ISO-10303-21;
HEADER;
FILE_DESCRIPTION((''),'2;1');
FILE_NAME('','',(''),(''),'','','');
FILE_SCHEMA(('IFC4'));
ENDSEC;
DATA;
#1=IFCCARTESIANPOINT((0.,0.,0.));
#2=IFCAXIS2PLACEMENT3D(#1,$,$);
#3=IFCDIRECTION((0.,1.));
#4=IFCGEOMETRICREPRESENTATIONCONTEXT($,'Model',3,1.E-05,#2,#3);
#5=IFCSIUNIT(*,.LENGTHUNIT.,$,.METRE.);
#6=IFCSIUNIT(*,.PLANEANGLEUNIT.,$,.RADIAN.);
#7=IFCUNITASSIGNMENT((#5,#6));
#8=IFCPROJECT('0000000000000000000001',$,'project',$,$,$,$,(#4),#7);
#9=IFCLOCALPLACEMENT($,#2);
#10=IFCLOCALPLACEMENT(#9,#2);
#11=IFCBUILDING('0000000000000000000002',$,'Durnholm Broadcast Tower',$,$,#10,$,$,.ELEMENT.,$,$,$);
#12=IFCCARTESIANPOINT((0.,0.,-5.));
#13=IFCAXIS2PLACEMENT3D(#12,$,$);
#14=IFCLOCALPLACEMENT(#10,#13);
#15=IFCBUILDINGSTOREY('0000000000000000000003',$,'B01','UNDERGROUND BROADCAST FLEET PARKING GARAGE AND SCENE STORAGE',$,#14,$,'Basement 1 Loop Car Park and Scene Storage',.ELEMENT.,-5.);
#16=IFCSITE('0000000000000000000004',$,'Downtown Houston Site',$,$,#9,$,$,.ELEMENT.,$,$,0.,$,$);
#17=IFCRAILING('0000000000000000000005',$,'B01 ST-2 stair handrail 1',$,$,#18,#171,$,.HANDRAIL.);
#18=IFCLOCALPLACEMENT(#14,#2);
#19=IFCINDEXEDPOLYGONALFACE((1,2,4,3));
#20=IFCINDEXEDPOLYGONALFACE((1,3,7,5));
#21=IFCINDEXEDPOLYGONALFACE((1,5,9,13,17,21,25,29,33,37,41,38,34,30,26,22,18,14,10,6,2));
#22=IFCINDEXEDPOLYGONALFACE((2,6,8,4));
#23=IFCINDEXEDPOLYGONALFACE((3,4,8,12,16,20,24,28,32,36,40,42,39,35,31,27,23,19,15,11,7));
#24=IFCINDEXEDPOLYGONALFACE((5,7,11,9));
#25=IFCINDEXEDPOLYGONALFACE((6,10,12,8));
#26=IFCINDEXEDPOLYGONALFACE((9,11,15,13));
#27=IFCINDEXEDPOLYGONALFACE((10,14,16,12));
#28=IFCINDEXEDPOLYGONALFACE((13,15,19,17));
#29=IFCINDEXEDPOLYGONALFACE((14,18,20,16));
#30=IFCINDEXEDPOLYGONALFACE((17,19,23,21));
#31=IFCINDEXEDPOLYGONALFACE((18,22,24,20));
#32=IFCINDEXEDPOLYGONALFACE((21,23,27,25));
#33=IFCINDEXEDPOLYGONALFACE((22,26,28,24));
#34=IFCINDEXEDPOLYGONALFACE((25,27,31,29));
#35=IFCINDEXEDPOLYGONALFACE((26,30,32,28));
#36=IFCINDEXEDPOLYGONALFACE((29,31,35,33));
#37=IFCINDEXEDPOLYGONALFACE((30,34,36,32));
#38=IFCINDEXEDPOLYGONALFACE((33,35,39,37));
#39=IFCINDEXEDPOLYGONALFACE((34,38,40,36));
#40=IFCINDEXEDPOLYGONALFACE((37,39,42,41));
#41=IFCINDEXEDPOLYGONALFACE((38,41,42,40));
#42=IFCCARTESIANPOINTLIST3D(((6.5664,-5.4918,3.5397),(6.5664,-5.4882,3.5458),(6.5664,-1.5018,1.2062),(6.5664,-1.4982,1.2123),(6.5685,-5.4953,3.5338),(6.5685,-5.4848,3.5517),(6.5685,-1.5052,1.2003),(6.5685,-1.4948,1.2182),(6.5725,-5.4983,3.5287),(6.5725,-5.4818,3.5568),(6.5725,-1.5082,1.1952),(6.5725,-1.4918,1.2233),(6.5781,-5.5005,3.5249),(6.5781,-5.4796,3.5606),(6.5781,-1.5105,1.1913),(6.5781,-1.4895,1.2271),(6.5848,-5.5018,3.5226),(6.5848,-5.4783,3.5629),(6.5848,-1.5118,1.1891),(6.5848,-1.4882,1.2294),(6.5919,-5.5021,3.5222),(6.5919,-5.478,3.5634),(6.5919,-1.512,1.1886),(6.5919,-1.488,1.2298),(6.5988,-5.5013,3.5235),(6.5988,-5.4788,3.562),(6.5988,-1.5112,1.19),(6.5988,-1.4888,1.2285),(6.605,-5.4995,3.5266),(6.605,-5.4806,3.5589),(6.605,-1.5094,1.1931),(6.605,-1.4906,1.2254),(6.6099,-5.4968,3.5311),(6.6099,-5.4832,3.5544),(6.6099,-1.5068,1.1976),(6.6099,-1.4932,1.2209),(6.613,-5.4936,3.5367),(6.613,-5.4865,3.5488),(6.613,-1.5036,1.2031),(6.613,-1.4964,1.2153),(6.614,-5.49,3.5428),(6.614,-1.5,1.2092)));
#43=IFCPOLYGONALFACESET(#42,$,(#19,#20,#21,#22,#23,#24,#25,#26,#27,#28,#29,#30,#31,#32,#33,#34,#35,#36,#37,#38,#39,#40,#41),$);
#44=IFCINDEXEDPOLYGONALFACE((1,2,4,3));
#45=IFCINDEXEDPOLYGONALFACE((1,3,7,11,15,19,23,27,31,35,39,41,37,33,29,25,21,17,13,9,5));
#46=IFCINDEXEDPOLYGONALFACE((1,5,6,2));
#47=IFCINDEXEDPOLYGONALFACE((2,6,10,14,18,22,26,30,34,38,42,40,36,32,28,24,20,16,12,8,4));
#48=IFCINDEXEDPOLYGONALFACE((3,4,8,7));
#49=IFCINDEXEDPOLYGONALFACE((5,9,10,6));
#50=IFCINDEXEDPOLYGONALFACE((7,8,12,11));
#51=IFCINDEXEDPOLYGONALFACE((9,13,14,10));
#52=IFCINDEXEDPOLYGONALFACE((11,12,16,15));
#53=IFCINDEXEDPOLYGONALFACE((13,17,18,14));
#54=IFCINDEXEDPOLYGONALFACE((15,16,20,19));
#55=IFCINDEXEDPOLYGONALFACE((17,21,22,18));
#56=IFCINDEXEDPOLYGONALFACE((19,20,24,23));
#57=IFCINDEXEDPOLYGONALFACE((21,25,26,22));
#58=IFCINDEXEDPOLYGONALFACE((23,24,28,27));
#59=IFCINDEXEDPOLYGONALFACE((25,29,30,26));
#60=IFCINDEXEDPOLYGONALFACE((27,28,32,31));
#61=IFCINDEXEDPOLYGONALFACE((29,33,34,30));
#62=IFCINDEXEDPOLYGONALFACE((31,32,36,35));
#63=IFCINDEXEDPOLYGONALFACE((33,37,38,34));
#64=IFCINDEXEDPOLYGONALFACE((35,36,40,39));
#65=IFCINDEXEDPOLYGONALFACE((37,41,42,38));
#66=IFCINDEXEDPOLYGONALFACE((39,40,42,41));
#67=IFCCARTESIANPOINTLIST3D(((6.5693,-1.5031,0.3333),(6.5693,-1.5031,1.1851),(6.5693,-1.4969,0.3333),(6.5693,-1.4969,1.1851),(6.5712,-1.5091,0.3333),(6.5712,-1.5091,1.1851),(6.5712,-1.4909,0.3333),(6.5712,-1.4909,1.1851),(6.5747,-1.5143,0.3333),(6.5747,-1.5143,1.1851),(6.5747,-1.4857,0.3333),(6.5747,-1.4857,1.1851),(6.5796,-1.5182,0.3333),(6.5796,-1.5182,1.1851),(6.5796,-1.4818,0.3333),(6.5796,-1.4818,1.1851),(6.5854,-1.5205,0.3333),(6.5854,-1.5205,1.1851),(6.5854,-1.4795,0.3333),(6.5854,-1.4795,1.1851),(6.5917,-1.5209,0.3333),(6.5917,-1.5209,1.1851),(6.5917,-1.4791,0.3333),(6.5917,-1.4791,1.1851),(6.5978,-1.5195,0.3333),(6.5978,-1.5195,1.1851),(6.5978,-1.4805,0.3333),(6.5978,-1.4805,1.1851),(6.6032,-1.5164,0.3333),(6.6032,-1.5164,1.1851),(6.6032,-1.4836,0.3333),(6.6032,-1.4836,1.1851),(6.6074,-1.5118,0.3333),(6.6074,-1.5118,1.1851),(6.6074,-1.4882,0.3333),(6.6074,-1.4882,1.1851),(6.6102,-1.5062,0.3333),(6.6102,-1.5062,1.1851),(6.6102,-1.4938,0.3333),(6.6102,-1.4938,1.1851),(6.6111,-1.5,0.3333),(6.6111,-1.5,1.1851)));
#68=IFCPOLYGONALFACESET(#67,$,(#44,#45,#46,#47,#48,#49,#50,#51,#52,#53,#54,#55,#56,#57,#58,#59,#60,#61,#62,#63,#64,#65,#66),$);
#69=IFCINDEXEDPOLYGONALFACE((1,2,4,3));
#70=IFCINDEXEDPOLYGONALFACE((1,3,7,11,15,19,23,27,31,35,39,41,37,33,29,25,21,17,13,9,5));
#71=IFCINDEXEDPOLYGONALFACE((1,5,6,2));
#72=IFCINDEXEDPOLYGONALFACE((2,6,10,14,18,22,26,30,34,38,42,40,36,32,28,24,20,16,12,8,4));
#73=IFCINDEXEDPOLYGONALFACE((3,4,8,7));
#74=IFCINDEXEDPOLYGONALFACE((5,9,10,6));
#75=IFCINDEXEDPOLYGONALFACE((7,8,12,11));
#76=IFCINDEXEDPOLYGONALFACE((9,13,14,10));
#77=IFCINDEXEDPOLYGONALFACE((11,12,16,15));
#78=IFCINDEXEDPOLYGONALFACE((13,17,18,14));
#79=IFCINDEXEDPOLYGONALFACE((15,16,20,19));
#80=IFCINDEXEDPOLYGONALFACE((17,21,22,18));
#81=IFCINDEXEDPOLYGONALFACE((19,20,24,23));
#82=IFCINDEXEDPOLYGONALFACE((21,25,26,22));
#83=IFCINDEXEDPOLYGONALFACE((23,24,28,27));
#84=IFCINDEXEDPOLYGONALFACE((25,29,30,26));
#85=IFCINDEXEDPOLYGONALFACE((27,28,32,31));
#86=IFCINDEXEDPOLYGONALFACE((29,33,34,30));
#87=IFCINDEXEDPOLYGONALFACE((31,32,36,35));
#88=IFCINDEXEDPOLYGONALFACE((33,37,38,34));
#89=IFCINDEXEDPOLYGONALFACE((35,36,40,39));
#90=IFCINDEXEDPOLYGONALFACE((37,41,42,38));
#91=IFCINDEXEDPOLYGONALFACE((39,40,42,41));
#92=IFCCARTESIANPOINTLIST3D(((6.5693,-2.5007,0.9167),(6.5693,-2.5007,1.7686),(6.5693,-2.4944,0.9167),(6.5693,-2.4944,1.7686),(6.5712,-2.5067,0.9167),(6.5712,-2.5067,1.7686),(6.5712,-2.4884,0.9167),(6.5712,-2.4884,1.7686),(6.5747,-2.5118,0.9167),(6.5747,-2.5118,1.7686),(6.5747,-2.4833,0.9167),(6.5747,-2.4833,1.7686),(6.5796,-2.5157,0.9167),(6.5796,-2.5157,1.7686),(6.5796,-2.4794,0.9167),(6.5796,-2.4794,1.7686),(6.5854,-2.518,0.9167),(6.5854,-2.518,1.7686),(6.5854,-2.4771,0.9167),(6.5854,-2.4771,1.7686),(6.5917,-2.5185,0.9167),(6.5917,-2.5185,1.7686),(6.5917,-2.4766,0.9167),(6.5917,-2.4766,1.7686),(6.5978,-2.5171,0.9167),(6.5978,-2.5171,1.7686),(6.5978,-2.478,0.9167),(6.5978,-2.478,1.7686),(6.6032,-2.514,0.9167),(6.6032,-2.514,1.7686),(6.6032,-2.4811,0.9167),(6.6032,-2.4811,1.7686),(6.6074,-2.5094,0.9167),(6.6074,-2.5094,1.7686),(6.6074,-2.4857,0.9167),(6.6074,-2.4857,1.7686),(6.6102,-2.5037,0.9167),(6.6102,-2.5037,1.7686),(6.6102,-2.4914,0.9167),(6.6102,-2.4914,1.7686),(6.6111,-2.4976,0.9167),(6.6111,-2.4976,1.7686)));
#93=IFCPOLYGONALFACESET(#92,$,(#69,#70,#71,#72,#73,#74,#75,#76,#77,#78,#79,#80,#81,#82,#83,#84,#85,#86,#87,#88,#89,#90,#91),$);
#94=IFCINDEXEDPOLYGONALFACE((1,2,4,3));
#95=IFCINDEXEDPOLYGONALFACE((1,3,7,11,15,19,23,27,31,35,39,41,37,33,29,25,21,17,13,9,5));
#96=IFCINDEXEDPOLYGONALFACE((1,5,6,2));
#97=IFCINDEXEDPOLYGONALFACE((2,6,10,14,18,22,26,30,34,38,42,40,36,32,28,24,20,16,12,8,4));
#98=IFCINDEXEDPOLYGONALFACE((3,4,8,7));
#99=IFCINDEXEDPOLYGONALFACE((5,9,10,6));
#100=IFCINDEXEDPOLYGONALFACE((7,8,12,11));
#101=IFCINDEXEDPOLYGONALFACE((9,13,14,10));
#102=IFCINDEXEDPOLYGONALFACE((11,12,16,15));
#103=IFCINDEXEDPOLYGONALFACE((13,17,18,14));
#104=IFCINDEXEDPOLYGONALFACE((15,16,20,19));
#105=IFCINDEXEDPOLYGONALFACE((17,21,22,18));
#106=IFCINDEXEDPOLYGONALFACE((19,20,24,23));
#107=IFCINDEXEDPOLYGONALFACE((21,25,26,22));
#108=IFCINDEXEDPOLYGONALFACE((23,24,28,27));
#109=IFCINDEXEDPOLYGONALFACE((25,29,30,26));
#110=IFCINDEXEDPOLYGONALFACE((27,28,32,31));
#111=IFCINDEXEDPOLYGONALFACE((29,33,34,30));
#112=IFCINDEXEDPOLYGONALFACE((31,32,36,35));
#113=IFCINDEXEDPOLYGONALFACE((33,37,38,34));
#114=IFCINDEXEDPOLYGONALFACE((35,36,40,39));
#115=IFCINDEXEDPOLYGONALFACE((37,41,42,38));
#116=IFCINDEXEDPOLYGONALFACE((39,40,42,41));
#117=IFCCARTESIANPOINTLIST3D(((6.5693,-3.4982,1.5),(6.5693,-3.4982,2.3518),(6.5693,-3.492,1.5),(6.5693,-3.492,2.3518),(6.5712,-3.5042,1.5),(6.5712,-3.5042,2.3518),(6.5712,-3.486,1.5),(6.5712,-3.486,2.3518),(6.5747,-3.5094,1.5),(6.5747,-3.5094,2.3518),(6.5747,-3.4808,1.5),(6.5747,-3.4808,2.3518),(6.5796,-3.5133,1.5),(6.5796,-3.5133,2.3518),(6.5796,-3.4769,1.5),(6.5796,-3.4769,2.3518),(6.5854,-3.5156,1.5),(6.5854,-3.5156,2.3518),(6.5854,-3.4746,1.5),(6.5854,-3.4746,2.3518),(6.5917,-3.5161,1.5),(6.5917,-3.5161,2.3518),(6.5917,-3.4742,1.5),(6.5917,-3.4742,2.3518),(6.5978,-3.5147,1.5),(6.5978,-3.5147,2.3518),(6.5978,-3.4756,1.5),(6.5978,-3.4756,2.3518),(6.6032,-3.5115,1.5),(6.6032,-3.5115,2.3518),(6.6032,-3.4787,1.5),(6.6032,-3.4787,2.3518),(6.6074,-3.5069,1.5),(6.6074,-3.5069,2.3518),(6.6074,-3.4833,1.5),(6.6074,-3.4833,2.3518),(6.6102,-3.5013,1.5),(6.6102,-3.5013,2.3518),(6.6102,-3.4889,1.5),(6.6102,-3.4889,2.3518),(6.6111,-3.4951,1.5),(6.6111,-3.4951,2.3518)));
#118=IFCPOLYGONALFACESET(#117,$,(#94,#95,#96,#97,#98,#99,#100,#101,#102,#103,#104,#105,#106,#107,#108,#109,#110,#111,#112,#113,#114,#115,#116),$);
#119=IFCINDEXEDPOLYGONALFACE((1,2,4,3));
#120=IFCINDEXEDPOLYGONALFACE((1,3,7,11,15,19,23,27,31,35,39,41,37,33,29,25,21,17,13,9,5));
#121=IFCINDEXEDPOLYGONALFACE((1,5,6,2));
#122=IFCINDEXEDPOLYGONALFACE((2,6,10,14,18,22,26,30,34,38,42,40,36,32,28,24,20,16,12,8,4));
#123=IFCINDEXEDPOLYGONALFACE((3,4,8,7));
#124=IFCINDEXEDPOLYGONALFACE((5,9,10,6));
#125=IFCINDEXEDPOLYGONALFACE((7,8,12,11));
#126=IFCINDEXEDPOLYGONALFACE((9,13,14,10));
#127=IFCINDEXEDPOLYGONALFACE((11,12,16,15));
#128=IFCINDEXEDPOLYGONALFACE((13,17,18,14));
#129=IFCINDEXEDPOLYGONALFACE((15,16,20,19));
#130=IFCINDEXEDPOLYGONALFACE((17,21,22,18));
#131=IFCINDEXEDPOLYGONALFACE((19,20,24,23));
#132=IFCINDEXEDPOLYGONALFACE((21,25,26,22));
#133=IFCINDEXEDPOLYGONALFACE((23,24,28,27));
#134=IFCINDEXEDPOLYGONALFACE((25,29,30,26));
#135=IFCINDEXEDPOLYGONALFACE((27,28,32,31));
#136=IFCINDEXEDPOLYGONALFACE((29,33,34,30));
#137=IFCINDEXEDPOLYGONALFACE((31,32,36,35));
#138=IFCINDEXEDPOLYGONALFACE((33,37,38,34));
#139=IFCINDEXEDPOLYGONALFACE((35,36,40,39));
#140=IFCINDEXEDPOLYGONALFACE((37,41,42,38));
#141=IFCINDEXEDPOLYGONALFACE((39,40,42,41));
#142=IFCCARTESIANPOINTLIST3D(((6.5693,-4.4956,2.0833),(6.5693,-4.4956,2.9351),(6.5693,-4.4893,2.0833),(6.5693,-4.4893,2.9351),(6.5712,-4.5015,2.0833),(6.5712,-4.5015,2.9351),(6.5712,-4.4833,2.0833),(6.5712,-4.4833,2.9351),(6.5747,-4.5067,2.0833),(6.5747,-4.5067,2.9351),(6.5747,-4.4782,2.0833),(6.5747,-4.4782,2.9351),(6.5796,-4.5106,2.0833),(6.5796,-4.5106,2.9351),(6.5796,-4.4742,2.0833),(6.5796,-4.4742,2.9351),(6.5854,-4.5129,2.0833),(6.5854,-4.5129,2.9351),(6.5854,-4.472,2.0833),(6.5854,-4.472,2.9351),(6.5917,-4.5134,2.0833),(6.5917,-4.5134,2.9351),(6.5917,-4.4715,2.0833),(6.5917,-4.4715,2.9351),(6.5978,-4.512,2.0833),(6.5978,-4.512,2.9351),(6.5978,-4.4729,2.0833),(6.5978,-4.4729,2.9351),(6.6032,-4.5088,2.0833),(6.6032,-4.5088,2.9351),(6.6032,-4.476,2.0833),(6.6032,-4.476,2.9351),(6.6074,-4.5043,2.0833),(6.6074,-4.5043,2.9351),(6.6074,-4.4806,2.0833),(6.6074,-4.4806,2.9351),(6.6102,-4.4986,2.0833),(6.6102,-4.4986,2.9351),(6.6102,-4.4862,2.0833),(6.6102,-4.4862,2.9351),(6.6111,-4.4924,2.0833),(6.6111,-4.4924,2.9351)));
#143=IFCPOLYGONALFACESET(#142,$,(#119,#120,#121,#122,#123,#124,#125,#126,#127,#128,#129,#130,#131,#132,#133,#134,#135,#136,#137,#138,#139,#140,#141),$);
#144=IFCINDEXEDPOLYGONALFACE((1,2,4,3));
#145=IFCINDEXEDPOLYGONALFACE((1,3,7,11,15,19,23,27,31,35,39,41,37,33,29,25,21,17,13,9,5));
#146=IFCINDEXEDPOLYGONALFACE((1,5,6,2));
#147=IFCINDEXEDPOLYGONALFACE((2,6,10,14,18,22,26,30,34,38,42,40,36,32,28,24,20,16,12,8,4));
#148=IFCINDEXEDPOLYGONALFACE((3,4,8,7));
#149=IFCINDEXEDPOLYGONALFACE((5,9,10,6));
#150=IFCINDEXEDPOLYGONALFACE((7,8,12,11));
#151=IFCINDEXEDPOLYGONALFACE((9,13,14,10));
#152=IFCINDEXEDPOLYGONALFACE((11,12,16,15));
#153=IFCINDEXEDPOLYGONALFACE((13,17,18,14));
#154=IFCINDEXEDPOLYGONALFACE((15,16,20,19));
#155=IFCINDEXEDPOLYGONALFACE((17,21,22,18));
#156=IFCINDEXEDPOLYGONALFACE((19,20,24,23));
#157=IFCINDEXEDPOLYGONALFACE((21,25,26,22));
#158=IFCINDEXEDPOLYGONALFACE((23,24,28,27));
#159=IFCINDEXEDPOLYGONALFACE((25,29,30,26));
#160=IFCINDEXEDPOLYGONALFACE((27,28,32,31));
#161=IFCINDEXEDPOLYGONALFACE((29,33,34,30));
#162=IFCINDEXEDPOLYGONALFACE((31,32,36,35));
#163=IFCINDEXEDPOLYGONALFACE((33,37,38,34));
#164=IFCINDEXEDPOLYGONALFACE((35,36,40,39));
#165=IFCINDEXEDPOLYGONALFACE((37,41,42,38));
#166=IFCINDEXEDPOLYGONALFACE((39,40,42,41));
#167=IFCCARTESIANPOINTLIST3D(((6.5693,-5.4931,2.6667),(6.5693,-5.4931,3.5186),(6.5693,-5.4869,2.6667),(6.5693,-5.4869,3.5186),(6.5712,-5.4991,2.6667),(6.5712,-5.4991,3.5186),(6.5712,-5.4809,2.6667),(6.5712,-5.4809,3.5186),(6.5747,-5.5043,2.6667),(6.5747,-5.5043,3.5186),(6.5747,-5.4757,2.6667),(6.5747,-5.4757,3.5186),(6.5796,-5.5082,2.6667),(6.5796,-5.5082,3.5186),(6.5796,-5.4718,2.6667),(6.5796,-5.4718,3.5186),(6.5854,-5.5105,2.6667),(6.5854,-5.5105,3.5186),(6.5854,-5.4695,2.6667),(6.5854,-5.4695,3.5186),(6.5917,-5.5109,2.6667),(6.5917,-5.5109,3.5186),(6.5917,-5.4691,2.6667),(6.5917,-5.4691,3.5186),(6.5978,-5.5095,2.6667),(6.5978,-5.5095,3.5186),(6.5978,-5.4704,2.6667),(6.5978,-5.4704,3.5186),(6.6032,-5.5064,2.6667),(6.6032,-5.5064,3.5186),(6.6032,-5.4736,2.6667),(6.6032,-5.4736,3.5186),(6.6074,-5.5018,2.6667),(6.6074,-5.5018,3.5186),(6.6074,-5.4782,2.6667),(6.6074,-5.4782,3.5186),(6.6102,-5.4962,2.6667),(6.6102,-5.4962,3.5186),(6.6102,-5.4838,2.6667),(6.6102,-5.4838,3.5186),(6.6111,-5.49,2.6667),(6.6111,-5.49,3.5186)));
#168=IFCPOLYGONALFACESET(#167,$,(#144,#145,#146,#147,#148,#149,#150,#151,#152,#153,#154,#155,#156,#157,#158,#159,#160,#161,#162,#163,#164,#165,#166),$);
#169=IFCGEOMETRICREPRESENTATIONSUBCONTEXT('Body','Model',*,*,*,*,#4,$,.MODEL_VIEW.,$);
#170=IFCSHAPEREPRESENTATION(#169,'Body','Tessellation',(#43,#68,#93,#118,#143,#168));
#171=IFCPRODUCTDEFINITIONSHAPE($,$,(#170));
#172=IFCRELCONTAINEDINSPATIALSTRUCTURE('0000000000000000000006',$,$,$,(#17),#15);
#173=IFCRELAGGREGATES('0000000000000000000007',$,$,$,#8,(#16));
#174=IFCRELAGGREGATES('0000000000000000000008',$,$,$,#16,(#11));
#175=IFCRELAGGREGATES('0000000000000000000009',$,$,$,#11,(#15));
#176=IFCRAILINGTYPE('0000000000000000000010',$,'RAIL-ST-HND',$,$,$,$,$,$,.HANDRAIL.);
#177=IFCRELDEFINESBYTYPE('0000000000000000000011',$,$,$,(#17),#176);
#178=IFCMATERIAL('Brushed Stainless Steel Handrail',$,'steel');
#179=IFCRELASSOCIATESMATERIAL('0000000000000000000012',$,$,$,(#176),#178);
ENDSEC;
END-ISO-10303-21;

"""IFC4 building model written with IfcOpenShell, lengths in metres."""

from ifc_helpers import new_model, si_unit, direction, frame, origin, origin_2d, place, context, subcontext, project, spatial, circle, extrude, material, type_object, element, save


model = new_model("IFC4")

# Units and contexts
model_context = context("Model", 3, precision=1e-05, world=origin(), true_north=direction((0.0, 1.0)))
body_context = subcontext(model_context, "Body", "Model", "MODEL_VIEW")
ifc_project = project(units=[si_unit("LENGTHUNIT", "METRE"), si_unit("PLANEANGLEUNIT", "RADIAN")], contexts=[model_context])

# Site, building, storey
site_placement = place(None, origin())
site = spatial("IfcSite", under=ifc_project, at=site_placement, Name="Downtown Houston Site", CompositionType="ELEMENT", RefElevation=0.0)
building_placement = place(site_placement, origin())
building = spatial("IfcBuilding", under=site, at=building_placement, Name="Durnholm Broadcast Tower", CompositionType="ELEMENT")
storey_placement = place(building_placement, frame((0.0, 0.0, -5.0)))
storey = spatial("IfcBuildingStorey", under=building, at=storey_placement, Name="B01", Description="UNDERGROUND BROADCAST FLEET PARKING GARAGE AND SCENE STORAGE", LongName="Basement 1 Loop Car Park and Scene Storage", CompositionType="ELEMENT", Elevation=-5.0)

# Railing
ifc_material_1 = material(Name="Brushed Stainless Steel Handrail", Category="steel")
railing_type_1 = type_object("IfcRailingType", Name="RAIL-ST-HND", PredefinedType="HANDRAIL", material=ifc_material_1)
railing_1_placement = place(storey_placement, frame((6.5901, -1.5, 0.3333)))
element("IfcRailing", 1, at=railing_1_placement, inside=storey, type_object=railing_type_1, Name="B01 ST-2 stair handrail 1", PredefinedType="HANDRAIL", context=body_context, shape_type="SweptSolid", body=[
    extrude(circle(Radius=0.0239, at=origin_2d()), frame((0.0, 0.0, 0.876), z_axis=(0.0, -0.863213, 0.50484), x_axis=(1.0, 0.0, 0.0)), (0.0, 0.0, 1.0), 4.6223),
    extrude(circle(Radius=0.021, at=origin_2d()), origin(), (0.0, 0.0, 1.0), 0.8518),
    extrude(circle(Radius=0.021, at=origin_2d()), frame((0.0, -0.9976, 0.5835)), (0.0, 0.0, 1.0), 0.8518),
    extrude(circle(Radius=0.021, at=origin_2d()), frame((0.0, -1.9951, 1.1667)), (0.0, 0.0, 1.0), 0.8518),
    extrude(circle(Radius=0.021, at=origin_2d()), frame((0.0, -2.9924, 1.75)), (0.0, 0.0, 1.0), 0.8518),
    extrude(circle(Radius=0.021, at=origin_2d()), frame((0.0, -3.99, 2.3335)), (0.0, 0.0, 1.0), 0.8518),
])

save(model, "model.ifc")
